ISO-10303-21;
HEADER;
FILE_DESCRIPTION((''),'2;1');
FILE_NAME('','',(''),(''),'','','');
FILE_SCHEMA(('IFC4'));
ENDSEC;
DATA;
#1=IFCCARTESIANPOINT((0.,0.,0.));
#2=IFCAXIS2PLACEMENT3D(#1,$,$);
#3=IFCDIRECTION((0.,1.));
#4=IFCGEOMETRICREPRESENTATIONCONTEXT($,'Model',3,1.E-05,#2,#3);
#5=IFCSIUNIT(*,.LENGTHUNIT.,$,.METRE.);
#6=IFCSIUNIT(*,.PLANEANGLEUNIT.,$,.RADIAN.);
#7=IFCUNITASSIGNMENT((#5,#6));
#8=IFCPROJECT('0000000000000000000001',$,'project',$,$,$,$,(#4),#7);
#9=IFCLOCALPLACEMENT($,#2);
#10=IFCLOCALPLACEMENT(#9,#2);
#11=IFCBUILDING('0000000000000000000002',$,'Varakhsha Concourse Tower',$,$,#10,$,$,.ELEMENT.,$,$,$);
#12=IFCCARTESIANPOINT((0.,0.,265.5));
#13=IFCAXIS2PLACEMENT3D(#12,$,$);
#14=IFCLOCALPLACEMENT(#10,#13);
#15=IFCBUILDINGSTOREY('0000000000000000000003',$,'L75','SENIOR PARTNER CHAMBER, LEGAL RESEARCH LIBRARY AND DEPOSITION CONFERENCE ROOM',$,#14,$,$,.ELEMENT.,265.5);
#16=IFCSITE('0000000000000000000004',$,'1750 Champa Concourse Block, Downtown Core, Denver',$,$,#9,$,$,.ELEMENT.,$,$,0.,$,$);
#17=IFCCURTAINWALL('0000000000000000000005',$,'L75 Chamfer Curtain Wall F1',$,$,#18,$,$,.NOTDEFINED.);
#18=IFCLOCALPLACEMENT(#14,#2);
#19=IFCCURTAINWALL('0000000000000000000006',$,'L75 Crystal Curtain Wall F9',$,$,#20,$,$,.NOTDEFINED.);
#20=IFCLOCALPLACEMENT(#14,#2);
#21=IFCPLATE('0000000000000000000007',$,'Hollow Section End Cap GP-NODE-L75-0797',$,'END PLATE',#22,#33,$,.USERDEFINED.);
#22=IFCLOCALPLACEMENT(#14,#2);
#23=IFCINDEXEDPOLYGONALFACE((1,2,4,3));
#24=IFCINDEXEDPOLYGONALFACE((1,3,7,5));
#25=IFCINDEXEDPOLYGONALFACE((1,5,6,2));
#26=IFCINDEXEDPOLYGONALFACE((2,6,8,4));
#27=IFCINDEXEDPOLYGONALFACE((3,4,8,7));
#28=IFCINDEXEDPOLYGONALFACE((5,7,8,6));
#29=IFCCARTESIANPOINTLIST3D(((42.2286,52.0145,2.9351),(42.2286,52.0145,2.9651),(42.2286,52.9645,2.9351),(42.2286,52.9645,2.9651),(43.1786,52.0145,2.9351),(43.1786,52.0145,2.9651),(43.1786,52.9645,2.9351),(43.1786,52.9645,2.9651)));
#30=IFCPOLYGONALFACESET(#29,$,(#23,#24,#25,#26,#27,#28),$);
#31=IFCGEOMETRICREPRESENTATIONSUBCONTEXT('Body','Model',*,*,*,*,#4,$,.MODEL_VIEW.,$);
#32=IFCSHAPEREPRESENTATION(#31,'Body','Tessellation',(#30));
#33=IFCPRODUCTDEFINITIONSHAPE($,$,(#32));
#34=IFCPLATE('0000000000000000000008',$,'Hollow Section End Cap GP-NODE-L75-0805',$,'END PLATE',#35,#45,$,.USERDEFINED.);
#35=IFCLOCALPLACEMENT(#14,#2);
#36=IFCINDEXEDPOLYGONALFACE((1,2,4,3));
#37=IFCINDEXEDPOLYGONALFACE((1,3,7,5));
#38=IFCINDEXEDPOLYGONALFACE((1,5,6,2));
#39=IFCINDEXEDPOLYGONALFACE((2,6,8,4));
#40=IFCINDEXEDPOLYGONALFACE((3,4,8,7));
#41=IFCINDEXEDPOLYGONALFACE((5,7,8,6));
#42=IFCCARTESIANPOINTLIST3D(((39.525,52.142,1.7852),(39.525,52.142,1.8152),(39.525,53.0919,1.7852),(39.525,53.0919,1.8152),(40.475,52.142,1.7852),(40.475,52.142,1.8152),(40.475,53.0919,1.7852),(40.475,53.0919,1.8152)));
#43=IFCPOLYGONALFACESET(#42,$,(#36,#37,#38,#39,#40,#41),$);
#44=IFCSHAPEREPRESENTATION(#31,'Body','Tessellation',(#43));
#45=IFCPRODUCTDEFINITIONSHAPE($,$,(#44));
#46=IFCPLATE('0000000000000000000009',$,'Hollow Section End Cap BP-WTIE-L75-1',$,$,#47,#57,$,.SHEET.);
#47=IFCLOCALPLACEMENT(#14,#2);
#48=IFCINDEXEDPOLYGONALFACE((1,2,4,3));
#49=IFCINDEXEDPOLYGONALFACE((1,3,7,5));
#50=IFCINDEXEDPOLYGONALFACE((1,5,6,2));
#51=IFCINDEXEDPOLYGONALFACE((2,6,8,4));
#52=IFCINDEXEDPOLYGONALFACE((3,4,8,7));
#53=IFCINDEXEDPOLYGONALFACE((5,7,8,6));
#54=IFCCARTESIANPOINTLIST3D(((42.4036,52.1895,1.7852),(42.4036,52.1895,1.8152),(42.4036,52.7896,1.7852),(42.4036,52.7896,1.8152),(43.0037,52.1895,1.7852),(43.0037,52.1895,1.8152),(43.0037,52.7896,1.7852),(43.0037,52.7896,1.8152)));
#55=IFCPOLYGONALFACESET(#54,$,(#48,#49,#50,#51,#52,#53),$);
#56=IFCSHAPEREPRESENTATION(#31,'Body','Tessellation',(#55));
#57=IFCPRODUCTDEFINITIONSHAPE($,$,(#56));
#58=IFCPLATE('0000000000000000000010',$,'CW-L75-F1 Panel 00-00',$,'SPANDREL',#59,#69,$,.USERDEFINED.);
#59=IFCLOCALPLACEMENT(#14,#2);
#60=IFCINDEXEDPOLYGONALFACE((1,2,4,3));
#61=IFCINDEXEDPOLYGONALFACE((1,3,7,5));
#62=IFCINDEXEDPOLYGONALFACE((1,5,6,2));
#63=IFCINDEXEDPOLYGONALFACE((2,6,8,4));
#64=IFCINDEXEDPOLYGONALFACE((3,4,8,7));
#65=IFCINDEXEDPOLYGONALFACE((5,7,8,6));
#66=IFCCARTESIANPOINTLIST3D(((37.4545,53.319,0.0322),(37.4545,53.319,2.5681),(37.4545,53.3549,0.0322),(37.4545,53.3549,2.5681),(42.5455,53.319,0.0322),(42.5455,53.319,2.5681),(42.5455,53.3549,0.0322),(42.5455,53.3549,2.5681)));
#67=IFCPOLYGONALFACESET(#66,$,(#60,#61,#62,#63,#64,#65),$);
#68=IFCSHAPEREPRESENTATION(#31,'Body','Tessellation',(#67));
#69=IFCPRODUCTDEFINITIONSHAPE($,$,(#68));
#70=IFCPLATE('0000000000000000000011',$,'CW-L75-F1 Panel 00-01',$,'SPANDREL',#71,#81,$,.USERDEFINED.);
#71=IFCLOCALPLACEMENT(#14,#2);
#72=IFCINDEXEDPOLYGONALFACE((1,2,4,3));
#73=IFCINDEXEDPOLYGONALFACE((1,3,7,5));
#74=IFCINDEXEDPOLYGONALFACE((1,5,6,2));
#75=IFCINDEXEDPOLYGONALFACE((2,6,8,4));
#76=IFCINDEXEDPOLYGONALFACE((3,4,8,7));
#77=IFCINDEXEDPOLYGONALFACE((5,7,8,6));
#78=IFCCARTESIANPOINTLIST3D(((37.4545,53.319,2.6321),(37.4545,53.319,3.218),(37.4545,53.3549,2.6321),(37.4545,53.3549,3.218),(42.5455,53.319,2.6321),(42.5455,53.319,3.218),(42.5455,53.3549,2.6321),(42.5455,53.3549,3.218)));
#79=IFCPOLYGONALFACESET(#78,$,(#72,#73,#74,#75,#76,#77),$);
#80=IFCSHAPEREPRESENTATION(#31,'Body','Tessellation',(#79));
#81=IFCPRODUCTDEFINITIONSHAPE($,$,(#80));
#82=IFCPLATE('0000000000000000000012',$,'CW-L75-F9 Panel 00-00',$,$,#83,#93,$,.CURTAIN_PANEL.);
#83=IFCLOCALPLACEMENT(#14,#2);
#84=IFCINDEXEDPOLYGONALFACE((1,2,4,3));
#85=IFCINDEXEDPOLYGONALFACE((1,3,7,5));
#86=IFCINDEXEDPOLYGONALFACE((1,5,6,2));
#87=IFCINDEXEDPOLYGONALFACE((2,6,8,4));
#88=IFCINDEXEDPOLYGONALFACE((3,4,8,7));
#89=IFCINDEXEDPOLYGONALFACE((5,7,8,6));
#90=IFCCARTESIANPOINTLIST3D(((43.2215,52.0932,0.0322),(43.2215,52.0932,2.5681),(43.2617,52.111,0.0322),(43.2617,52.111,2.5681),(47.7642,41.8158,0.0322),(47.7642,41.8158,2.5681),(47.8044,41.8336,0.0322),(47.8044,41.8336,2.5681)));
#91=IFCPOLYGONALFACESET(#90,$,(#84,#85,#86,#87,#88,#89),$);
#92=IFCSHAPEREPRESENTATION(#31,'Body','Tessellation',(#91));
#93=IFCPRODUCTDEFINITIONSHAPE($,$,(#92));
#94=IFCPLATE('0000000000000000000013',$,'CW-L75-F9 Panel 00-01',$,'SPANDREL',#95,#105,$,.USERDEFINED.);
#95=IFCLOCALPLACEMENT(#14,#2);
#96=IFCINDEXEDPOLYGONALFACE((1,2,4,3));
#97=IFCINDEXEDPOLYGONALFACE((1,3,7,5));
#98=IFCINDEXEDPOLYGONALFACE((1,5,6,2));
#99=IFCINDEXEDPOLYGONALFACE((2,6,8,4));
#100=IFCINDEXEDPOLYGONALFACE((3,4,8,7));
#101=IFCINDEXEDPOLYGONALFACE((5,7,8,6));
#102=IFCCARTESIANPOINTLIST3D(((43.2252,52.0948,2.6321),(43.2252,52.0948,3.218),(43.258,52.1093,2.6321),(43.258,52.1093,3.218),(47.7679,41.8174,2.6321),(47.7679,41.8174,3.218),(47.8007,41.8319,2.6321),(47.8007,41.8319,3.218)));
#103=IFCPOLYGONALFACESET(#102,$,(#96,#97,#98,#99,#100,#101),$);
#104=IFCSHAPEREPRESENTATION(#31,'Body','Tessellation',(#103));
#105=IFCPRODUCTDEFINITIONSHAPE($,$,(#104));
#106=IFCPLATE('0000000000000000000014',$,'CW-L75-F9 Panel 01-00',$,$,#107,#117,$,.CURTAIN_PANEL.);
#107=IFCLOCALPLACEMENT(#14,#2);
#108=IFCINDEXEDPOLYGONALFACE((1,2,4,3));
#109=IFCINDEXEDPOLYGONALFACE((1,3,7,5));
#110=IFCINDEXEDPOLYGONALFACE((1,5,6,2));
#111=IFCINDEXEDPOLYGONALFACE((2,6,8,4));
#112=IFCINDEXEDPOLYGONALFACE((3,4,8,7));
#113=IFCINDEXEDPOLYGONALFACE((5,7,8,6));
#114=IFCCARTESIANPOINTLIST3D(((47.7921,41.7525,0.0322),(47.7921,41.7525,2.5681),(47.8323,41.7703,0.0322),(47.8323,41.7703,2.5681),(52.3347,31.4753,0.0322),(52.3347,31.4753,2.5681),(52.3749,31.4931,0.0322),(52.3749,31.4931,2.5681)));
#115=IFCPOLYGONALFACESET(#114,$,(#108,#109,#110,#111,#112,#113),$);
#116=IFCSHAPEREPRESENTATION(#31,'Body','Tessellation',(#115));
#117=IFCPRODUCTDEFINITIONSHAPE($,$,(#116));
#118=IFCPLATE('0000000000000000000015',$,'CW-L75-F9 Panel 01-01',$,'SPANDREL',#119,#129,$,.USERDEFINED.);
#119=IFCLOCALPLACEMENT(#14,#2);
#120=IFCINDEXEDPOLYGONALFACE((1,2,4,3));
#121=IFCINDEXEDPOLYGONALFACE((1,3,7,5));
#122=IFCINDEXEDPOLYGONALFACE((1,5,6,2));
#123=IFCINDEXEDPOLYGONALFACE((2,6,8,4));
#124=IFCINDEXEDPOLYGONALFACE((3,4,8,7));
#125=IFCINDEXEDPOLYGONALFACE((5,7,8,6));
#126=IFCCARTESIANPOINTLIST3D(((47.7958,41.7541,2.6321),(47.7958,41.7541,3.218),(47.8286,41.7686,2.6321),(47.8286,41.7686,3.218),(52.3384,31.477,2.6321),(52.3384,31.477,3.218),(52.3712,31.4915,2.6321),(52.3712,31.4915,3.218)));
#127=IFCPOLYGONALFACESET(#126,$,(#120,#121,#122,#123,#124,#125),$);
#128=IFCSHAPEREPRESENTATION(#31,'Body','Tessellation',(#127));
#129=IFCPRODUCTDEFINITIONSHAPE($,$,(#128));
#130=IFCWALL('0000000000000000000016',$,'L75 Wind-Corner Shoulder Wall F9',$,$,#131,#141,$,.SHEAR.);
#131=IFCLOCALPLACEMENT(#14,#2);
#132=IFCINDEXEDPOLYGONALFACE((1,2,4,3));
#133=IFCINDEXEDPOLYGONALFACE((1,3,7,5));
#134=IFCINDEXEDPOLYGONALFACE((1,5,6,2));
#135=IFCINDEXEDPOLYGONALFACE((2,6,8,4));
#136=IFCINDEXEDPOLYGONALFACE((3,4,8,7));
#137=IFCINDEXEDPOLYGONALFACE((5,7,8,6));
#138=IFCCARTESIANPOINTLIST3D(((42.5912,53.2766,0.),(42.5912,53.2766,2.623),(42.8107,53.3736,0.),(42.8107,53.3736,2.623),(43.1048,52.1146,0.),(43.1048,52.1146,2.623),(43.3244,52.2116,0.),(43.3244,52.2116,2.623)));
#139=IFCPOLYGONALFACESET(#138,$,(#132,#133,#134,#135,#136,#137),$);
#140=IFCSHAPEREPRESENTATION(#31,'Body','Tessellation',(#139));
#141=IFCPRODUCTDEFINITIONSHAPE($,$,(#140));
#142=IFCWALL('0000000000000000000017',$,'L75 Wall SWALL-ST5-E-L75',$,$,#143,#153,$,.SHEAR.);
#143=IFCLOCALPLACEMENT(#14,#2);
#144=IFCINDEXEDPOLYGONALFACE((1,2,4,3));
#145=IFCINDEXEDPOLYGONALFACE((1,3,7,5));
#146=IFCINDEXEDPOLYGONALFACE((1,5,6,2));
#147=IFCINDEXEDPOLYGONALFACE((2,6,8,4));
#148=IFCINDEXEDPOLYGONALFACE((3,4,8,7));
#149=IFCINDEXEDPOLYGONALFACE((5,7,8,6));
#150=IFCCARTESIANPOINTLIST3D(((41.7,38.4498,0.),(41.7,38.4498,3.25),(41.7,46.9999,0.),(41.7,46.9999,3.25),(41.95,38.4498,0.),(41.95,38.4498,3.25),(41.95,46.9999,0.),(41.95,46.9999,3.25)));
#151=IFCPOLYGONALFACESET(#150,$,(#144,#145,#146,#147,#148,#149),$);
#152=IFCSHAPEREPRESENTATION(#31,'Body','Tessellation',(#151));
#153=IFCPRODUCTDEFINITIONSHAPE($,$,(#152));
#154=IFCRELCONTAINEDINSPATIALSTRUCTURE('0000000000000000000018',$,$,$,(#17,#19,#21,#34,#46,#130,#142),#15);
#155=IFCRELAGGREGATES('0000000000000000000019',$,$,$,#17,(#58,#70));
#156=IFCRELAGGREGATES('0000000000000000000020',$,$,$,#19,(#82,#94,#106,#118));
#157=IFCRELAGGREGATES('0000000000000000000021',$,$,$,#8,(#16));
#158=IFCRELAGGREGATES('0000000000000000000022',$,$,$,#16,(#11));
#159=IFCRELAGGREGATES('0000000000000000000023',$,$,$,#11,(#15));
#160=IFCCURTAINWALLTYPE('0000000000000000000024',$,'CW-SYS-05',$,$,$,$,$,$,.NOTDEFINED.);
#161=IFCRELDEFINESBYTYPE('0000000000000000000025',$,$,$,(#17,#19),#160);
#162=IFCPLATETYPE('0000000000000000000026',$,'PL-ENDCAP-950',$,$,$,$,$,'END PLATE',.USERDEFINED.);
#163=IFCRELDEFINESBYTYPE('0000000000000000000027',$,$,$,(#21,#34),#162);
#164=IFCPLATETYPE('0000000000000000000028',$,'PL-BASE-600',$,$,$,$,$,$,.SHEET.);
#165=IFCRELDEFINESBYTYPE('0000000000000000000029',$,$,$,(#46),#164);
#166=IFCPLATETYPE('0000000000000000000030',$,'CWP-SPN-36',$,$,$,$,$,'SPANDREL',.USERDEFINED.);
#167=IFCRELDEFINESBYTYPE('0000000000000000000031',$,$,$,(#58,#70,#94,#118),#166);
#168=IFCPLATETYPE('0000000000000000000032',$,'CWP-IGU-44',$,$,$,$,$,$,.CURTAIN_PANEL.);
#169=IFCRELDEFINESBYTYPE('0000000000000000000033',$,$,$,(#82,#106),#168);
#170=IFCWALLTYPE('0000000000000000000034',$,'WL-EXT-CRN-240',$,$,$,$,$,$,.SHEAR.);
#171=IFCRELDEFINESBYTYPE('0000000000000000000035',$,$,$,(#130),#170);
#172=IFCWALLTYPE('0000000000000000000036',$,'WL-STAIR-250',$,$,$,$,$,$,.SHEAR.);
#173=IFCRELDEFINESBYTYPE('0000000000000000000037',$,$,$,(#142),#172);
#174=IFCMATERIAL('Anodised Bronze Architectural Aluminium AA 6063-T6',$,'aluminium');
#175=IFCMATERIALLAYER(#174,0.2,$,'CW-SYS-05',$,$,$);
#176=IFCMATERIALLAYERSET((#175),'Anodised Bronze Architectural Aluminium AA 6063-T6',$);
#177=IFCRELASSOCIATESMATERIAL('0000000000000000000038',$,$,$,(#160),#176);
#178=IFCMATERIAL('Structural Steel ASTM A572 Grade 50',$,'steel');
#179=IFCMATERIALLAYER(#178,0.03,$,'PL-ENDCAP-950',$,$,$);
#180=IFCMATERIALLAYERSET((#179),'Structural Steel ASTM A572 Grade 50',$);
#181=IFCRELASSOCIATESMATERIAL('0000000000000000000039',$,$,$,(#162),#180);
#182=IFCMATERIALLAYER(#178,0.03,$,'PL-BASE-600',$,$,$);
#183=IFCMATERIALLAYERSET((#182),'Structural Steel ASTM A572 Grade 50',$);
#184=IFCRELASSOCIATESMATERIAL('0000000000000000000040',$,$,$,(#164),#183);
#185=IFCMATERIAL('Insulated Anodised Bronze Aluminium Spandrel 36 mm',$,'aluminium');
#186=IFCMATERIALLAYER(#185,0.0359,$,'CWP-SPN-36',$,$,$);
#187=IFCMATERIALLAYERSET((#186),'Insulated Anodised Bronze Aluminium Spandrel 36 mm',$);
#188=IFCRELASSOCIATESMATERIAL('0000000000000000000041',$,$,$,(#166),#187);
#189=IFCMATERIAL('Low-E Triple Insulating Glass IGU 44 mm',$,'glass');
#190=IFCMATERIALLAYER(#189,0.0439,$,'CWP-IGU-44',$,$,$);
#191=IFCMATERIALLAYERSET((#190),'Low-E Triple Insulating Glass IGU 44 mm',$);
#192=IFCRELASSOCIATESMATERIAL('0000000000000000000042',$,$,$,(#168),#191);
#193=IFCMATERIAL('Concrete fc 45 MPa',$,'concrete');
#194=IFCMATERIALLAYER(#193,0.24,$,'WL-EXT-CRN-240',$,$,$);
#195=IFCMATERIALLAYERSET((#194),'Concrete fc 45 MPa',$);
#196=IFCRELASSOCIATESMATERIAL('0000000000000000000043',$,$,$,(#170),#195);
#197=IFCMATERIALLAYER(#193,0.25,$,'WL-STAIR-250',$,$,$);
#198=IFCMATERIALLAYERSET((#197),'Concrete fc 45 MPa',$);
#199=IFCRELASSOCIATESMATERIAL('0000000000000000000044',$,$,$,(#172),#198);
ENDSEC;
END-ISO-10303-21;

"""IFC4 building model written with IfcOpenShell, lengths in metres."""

from ifc_helpers import new_model, si_unit, direction, frame, frame_2d, origin, origin_2d, place, context, subcontext, project, spatial, rectangle, extrude, source, transform, mapped, material, layer, layer_set, type_object, type_shapes, element, aggregate, save


model = new_model("IFC4")

# Units and contexts
model_context = context("Model", 3, precision=1e-05, world=origin(), true_north=direction((0.0, 1.0)))
body_context = subcontext(model_context, "Body", "Model", "MODEL_VIEW")
ifc_project = project(units=[si_unit("LENGTHUNIT", "METRE"), si_unit("PLANEANGLEUNIT", "RADIAN")], contexts=[model_context])

# Site, building, storey
site_placement = place(None, origin())
site = spatial("IfcSite", under=ifc_project, at=site_placement, Name="1750 Champa Concourse Block, Downtown Core, Denver", CompositionType="ELEMENT", RefElevation=0.0)
building_placement = place(site_placement, origin())
building = spatial("IfcBuilding", under=site, at=building_placement, Name="Varakhsha Concourse Tower", CompositionType="ELEMENT")
storey_placement = place(building_placement, frame((0.0, 0.0, 265.5)))
storey = spatial("IfcBuildingStorey", under=building, at=storey_placement, Name="L75", Description="SENIOR PARTNER CHAMBER, LEGAL RESEARCH LIBRARY AND DEPOSITION CONFERENCE ROOM", CompositionType="ELEMENT", Elevation=265.5)

# Shared definitions
ifc_material_1 = material(Name="Structural Steel ASTM A572 Grade 50", Category="steel")

# Curtain wall
ifc_material_2 = material(Name="Anodised Bronze Architectural Aluminium AA 6063-T6", Category="aluminium")
ifc_layer_1 = layer(ifc_material_2, 0.2, Name="CW-SYS-05")
ifc_layer_set_1 = layer_set([ifc_layer_1], Name="Anodised Bronze Architectural Aluminium AA 6063-T6")
curtain_wall_type = type_object("IfcCurtainWallType", Name="CW-SYS-05", PredefinedType="NOTDEFINED", material=ifc_layer_set_1)
curtain_wall_1_placement = place(storey_placement, origin())
curtain_wall_1 = element("IfcCurtainWall", 1, at=curtain_wall_1_placement, inside=storey, type_object=curtain_wall_type, Name="L75 Chamfer Curtain Wall F1", PredefinedType="NOTDEFINED")

# Curtain wall
curtain_wall_2_placement = place(storey_placement, origin())
curtain_wall_2 = element("IfcCurtainWall", 2, at=curtain_wall_2_placement, inside=storey, type_object=curtain_wall_type, Name="L75 Crystal Curtain Wall F9", PredefinedType="NOTDEFINED")

# Plates
ifc_layer_2 = layer(ifc_material_1, 0.03, Name="PL-ENDCAP-950")
ifc_layer_set_2 = layer_set([ifc_layer_2], Name="Structural Steel ASTM A572 Grade 50")
plate_type_1 = type_object("IfcPlateType", Name="PL-ENDCAP-950", ElementType="END PLATE", PredefinedType="USERDEFINED", material=ifc_layer_set_2)
shared_shape_1 = source(origin(), body_context, "Body", "SweptSolid", [
    extrude(rectangle(XDim=0.95, YDim=0.95, at=origin_2d()), origin(), (0.0, 0.0, 1.0), 0.03),
])
type_shapes(plate_type_1, [shared_shape_1])
for number, where, z_axis, x_axis, name in (
    (3, (42.7036, 52.4895, 2.9351), (0.0, 0.0, 1.0), (1.0, 0.0, 0.0), "Hollow Section End Cap GP-NODE-L75-0797"),
    (4, (40.0, 52.6169, 1.7852), (0.0, 0.0, 1.0), (1.0, 0.0, 0.0), "Hollow Section End Cap GP-NODE-L75-0805"),
):
    element("IfcPlate", number, at=place(storey_placement, frame(where, z_axis=z_axis, x_axis=x_axis)), inside=storey, type_object=plate_type_1, Name=name, ObjectType="END PLATE", PredefinedType="USERDEFINED", context=body_context, shape_type="MappedRepresentation", body=[
        mapped(shared_shape_1, transform((0.0, 0.0, 0.0), scale=1.0)),
    ])
ifc_layer_3 = layer(ifc_material_1, 0.03, Name="PL-BASE-600")
ifc_layer_set_3 = layer_set([ifc_layer_3], Name="Structural Steel ASTM A572 Grade 50")
plate_type_2 = type_object("IfcPlateType", Name="PL-BASE-600", PredefinedType="SHEET", material=ifc_layer_set_3)
shared_shape_2 = source(origin(), body_context, "Body", "SweptSolid", [
    extrude(rectangle(XDim=0.6001, YDim=0.6001, at=origin_2d()), origin(), (0.0, 0.0, 1.0), 0.03),
])
type_shapes(plate_type_2, [shared_shape_2])
plate_1_placement = place(storey_placement, frame((42.7036, 52.4895, 1.7852), z_axis=(0.0, 0.0, 1.0), x_axis=(1.0, 0.0, 0.0)))
element("IfcPlate", 5, at=plate_1_placement, inside=storey, type_object=plate_type_2, Name="Hollow Section End Cap BP-WTIE-L75-1", PredefinedType="SHEET", context=body_context, shape_type="MappedRepresentation", body=[
    mapped(shared_shape_2, transform((0.0, 0.0, 0.0), scale=1.0)),
])

# Plates
ifc_material_3 = material(Name="Insulated Anodised Bronze Aluminium Spandrel 36 mm", Category="aluminium")
ifc_layer_4 = layer(ifc_material_3, 0.0359, Name="CWP-SPN-36")
ifc_layer_set_4 = layer_set([ifc_layer_4], Name="Insulated Anodised Bronze Aluminium Spandrel 36 mm")
plate_type_3 = type_object("IfcPlateType", Name="CWP-SPN-36", ElementType="SPANDREL", PredefinedType="USERDEFINED", material=ifc_layer_set_4)
shared_shape_3 = source(origin(), body_context, "Body", "SweptSolid", [
    extrude(rectangle(XDim=5.0911, YDim=0.0359, at=origin_2d()), origin(), (0.0, 0.0, 1.0), 2.5359),
])
plate_2_placement = place(storey_placement, frame((40.0, 53.3369, 0.0322), z_axis=(0.0, 0.0, 1.0), x_axis=(1.0, 0.0, 0.0)))
plate_2 = element("IfcPlate", 6, at=plate_2_placement, type_object=plate_type_3, Name="CW-L75-F1 Panel 00-00", ObjectType="SPANDREL", PredefinedType="USERDEFINED", context=body_context, shape_type="MappedRepresentation", body=[
    mapped(shared_shape_3, transform((0.0, 0.0, 0.0), scale=1.0)),
])
shared_shape_4 = source(origin(), body_context, "Body", "SweptSolid", [
    extrude(rectangle(XDim=5.0911, YDim=0.0359, at=origin_2d()), origin(), (0.0, 0.0, 1.0), 0.5859),
])
plate_3_placement = place(storey_placement, frame((40.0, 53.3369, 2.6321), z_axis=(0.0, 0.0, 1.0), x_axis=(1.0, 0.0, 0.0)))
plate_3 = element("IfcPlate", 7, at=plate_3_placement, type_object=plate_type_3, Name="CW-L75-F1 Panel 00-01", ObjectType="SPANDREL", PredefinedType="USERDEFINED", context=body_context, shape_type="MappedRepresentation", body=[
    mapped(shared_shape_4, transform((0.0, 0.0, 0.0), scale=1.0)),
])
aggregate(curtain_wall_1, [plate_2, plate_3])
ifc_material_4 = material(Name="Low-E Triple Insulating Glass IGU 44 mm", Category="glass")
ifc_layer_5 = layer(ifc_material_4, 0.0439, Name="CWP-IGU-44")
ifc_layer_set_5 = layer_set([ifc_layer_5], Name="Low-E Triple Insulating Glass IGU 44 mm")
plate_type_4 = type_object("IfcPlateType", Name="CWP-IGU-44", PredefinedType="CURTAIN_PANEL", material=ifc_layer_set_5)
shared_shape_5 = source(origin(), body_context, "Body", "SweptSolid", [
    extrude(rectangle(XDim=11.2366, YDim=0.0439, at=origin_2d()), origin(), (0.0, 0.0, 1.0), 2.5359),
])
plate_4_placement = place(storey_placement, frame((45.5129, 46.9634, 0.0322), z_axis=(0.0, 0.0, 1.0), x_axis=(0.404273, -0.914638, 0.0)))
plate_4 = element("IfcPlate", 8, at=plate_4_placement, type_object=plate_type_4, Name="CW-L75-F9 Panel 00-00", PredefinedType="CURTAIN_PANEL", context=body_context, shape_type="MappedRepresentation", body=[
    mapped(shared_shape_5, transform((0.0, 0.0, 0.0), scale=1.0)),
])
shared_shape_6 = source(origin(), body_context, "Body", "SweptSolid", [
    extrude(rectangle(XDim=11.2366, YDim=0.0359, at=origin_2d()), origin(), (0.0, 0.0, 1.0), 0.5859),
])
plate_5_placement = place(storey_placement, frame((45.5129, 46.9634, 2.6321), z_axis=(0.0, 0.0, 1.0), x_axis=(0.404273, -0.914638, 0.0)))
plate_5 = element("IfcPlate", 9, at=plate_5_placement, type_object=plate_type_3, Name="CW-L75-F9 Panel 00-01", ObjectType="SPANDREL", PredefinedType="USERDEFINED", context=body_context, shape_type="MappedRepresentation", body=[
    mapped(shared_shape_6, transform((0.0, 0.0, 0.0), scale=1.0)),
])
shared_shape_7 = source(origin(), body_context, "Body", "SweptSolid", [
    extrude(rectangle(XDim=11.2363, YDim=0.0439, at=origin_2d()), origin(), (0.0, 0.0, 1.0), 2.5359),
])
type_shapes(plate_type_4, [shared_shape_5, shared_shape_7])
plate_6_placement = place(storey_placement, frame((50.0835, 36.6228, 0.0322), z_axis=(0.0, 0.0, 1.0), x_axis=(0.404273, -0.914638, 0.0)))
plate_6 = element("IfcPlate", 10, at=plate_6_placement, type_object=plate_type_4, Name="CW-L75-F9 Panel 01-00", PredefinedType="CURTAIN_PANEL", context=body_context, shape_type="MappedRepresentation", body=[
    mapped(shared_shape_7, transform((0.0, 0.0, 0.0), scale=1.0)),
])
shared_shape_8 = source(origin(), body_context, "Body", "SweptSolid", [
    extrude(rectangle(XDim=11.2363, YDim=0.0359, at=origin_2d()), origin(), (0.0, 0.0, 1.0), 0.5859),
])
type_shapes(plate_type_3, [shared_shape_3, shared_shape_4, shared_shape_6, shared_shape_8])
plate_7_placement = place(storey_placement, frame((50.0835, 36.6228, 2.6321), z_axis=(0.0, 0.0, 1.0), x_axis=(0.404273, -0.914638, 0.0)))
plate_7 = element("IfcPlate", 11, at=plate_7_placement, type_object=plate_type_3, Name="CW-L75-F9 Panel 01-01", ObjectType="SPANDREL", PredefinedType="USERDEFINED", context=body_context, shape_type="MappedRepresentation", body=[
    mapped(shared_shape_8, transform((0.0, 0.0, 0.0), scale=1.0)),
])
aggregate(curtain_wall_2, [plate_4, plate_5, plate_6, plate_7])

# Walls
ifc_material_5 = material(Name="Concrete fc 45 MPa", Category="concrete")
ifc_layer_6 = layer(ifc_material_5, 0.24, Name="WL-EXT-CRN-240")
ifc_layer_set_6 = layer_set([ifc_layer_6], Name="Concrete fc 45 MPa")
wall_type_1 = type_object("IfcWallType", Name="WL-EXT-CRN-240", PredefinedType="SHEAR", material=ifc_layer_set_6)
wall_1_placement = place(storey_placement, frame((43.2146, 52.1631, 0.0), z_axis=(0.0, 0.0, 1.0), x_axis=(-0.404283, 0.914634, 0.0)))
element("IfcWall", 12, at=wall_1_placement, inside=storey, type_object=wall_type_1, Name="L75 Wind-Corner Shoulder Wall F9", PredefinedType="SHEAR", context=body_context, shape_type="SweptSolid", body=[
    extrude(rectangle(XDim=1.2705, YDim=0.24, at=frame_2d((0.6353, 0.0))), origin(), (0.0, 0.0, 1.0), 2.623),
])
ifc_layer_7 = layer(ifc_material_5, 0.25, Name="WL-STAIR-250")
ifc_layer_set_7 = layer_set([ifc_layer_7], Name="Concrete fc 45 MPa")
wall_type_2 = type_object("IfcWallType", Name="WL-STAIR-250", PredefinedType="SHEAR", material=ifc_layer_set_7)
wall_2_placement = place(storey_placement, frame((41.825, 38.45, 0.0), z_axis=(0.0, 0.0, 1.0), x_axis=(0.0, 1.0, 0.0)))
element("IfcWall", 13, at=wall_2_placement, inside=storey, type_object=wall_type_2, Name="L75 Wall SWALL-ST5-E-L75", PredefinedType="SHEAR", context=body_context, shape_type="SweptSolid", body=[
    extrude(rectangle(XDim=8.55, YDim=0.25, at=frame_2d((4.2749, 0.0))), origin(), (0.0, 0.0, 1.0), 3.25),
])

save(model, "model.ifc")
